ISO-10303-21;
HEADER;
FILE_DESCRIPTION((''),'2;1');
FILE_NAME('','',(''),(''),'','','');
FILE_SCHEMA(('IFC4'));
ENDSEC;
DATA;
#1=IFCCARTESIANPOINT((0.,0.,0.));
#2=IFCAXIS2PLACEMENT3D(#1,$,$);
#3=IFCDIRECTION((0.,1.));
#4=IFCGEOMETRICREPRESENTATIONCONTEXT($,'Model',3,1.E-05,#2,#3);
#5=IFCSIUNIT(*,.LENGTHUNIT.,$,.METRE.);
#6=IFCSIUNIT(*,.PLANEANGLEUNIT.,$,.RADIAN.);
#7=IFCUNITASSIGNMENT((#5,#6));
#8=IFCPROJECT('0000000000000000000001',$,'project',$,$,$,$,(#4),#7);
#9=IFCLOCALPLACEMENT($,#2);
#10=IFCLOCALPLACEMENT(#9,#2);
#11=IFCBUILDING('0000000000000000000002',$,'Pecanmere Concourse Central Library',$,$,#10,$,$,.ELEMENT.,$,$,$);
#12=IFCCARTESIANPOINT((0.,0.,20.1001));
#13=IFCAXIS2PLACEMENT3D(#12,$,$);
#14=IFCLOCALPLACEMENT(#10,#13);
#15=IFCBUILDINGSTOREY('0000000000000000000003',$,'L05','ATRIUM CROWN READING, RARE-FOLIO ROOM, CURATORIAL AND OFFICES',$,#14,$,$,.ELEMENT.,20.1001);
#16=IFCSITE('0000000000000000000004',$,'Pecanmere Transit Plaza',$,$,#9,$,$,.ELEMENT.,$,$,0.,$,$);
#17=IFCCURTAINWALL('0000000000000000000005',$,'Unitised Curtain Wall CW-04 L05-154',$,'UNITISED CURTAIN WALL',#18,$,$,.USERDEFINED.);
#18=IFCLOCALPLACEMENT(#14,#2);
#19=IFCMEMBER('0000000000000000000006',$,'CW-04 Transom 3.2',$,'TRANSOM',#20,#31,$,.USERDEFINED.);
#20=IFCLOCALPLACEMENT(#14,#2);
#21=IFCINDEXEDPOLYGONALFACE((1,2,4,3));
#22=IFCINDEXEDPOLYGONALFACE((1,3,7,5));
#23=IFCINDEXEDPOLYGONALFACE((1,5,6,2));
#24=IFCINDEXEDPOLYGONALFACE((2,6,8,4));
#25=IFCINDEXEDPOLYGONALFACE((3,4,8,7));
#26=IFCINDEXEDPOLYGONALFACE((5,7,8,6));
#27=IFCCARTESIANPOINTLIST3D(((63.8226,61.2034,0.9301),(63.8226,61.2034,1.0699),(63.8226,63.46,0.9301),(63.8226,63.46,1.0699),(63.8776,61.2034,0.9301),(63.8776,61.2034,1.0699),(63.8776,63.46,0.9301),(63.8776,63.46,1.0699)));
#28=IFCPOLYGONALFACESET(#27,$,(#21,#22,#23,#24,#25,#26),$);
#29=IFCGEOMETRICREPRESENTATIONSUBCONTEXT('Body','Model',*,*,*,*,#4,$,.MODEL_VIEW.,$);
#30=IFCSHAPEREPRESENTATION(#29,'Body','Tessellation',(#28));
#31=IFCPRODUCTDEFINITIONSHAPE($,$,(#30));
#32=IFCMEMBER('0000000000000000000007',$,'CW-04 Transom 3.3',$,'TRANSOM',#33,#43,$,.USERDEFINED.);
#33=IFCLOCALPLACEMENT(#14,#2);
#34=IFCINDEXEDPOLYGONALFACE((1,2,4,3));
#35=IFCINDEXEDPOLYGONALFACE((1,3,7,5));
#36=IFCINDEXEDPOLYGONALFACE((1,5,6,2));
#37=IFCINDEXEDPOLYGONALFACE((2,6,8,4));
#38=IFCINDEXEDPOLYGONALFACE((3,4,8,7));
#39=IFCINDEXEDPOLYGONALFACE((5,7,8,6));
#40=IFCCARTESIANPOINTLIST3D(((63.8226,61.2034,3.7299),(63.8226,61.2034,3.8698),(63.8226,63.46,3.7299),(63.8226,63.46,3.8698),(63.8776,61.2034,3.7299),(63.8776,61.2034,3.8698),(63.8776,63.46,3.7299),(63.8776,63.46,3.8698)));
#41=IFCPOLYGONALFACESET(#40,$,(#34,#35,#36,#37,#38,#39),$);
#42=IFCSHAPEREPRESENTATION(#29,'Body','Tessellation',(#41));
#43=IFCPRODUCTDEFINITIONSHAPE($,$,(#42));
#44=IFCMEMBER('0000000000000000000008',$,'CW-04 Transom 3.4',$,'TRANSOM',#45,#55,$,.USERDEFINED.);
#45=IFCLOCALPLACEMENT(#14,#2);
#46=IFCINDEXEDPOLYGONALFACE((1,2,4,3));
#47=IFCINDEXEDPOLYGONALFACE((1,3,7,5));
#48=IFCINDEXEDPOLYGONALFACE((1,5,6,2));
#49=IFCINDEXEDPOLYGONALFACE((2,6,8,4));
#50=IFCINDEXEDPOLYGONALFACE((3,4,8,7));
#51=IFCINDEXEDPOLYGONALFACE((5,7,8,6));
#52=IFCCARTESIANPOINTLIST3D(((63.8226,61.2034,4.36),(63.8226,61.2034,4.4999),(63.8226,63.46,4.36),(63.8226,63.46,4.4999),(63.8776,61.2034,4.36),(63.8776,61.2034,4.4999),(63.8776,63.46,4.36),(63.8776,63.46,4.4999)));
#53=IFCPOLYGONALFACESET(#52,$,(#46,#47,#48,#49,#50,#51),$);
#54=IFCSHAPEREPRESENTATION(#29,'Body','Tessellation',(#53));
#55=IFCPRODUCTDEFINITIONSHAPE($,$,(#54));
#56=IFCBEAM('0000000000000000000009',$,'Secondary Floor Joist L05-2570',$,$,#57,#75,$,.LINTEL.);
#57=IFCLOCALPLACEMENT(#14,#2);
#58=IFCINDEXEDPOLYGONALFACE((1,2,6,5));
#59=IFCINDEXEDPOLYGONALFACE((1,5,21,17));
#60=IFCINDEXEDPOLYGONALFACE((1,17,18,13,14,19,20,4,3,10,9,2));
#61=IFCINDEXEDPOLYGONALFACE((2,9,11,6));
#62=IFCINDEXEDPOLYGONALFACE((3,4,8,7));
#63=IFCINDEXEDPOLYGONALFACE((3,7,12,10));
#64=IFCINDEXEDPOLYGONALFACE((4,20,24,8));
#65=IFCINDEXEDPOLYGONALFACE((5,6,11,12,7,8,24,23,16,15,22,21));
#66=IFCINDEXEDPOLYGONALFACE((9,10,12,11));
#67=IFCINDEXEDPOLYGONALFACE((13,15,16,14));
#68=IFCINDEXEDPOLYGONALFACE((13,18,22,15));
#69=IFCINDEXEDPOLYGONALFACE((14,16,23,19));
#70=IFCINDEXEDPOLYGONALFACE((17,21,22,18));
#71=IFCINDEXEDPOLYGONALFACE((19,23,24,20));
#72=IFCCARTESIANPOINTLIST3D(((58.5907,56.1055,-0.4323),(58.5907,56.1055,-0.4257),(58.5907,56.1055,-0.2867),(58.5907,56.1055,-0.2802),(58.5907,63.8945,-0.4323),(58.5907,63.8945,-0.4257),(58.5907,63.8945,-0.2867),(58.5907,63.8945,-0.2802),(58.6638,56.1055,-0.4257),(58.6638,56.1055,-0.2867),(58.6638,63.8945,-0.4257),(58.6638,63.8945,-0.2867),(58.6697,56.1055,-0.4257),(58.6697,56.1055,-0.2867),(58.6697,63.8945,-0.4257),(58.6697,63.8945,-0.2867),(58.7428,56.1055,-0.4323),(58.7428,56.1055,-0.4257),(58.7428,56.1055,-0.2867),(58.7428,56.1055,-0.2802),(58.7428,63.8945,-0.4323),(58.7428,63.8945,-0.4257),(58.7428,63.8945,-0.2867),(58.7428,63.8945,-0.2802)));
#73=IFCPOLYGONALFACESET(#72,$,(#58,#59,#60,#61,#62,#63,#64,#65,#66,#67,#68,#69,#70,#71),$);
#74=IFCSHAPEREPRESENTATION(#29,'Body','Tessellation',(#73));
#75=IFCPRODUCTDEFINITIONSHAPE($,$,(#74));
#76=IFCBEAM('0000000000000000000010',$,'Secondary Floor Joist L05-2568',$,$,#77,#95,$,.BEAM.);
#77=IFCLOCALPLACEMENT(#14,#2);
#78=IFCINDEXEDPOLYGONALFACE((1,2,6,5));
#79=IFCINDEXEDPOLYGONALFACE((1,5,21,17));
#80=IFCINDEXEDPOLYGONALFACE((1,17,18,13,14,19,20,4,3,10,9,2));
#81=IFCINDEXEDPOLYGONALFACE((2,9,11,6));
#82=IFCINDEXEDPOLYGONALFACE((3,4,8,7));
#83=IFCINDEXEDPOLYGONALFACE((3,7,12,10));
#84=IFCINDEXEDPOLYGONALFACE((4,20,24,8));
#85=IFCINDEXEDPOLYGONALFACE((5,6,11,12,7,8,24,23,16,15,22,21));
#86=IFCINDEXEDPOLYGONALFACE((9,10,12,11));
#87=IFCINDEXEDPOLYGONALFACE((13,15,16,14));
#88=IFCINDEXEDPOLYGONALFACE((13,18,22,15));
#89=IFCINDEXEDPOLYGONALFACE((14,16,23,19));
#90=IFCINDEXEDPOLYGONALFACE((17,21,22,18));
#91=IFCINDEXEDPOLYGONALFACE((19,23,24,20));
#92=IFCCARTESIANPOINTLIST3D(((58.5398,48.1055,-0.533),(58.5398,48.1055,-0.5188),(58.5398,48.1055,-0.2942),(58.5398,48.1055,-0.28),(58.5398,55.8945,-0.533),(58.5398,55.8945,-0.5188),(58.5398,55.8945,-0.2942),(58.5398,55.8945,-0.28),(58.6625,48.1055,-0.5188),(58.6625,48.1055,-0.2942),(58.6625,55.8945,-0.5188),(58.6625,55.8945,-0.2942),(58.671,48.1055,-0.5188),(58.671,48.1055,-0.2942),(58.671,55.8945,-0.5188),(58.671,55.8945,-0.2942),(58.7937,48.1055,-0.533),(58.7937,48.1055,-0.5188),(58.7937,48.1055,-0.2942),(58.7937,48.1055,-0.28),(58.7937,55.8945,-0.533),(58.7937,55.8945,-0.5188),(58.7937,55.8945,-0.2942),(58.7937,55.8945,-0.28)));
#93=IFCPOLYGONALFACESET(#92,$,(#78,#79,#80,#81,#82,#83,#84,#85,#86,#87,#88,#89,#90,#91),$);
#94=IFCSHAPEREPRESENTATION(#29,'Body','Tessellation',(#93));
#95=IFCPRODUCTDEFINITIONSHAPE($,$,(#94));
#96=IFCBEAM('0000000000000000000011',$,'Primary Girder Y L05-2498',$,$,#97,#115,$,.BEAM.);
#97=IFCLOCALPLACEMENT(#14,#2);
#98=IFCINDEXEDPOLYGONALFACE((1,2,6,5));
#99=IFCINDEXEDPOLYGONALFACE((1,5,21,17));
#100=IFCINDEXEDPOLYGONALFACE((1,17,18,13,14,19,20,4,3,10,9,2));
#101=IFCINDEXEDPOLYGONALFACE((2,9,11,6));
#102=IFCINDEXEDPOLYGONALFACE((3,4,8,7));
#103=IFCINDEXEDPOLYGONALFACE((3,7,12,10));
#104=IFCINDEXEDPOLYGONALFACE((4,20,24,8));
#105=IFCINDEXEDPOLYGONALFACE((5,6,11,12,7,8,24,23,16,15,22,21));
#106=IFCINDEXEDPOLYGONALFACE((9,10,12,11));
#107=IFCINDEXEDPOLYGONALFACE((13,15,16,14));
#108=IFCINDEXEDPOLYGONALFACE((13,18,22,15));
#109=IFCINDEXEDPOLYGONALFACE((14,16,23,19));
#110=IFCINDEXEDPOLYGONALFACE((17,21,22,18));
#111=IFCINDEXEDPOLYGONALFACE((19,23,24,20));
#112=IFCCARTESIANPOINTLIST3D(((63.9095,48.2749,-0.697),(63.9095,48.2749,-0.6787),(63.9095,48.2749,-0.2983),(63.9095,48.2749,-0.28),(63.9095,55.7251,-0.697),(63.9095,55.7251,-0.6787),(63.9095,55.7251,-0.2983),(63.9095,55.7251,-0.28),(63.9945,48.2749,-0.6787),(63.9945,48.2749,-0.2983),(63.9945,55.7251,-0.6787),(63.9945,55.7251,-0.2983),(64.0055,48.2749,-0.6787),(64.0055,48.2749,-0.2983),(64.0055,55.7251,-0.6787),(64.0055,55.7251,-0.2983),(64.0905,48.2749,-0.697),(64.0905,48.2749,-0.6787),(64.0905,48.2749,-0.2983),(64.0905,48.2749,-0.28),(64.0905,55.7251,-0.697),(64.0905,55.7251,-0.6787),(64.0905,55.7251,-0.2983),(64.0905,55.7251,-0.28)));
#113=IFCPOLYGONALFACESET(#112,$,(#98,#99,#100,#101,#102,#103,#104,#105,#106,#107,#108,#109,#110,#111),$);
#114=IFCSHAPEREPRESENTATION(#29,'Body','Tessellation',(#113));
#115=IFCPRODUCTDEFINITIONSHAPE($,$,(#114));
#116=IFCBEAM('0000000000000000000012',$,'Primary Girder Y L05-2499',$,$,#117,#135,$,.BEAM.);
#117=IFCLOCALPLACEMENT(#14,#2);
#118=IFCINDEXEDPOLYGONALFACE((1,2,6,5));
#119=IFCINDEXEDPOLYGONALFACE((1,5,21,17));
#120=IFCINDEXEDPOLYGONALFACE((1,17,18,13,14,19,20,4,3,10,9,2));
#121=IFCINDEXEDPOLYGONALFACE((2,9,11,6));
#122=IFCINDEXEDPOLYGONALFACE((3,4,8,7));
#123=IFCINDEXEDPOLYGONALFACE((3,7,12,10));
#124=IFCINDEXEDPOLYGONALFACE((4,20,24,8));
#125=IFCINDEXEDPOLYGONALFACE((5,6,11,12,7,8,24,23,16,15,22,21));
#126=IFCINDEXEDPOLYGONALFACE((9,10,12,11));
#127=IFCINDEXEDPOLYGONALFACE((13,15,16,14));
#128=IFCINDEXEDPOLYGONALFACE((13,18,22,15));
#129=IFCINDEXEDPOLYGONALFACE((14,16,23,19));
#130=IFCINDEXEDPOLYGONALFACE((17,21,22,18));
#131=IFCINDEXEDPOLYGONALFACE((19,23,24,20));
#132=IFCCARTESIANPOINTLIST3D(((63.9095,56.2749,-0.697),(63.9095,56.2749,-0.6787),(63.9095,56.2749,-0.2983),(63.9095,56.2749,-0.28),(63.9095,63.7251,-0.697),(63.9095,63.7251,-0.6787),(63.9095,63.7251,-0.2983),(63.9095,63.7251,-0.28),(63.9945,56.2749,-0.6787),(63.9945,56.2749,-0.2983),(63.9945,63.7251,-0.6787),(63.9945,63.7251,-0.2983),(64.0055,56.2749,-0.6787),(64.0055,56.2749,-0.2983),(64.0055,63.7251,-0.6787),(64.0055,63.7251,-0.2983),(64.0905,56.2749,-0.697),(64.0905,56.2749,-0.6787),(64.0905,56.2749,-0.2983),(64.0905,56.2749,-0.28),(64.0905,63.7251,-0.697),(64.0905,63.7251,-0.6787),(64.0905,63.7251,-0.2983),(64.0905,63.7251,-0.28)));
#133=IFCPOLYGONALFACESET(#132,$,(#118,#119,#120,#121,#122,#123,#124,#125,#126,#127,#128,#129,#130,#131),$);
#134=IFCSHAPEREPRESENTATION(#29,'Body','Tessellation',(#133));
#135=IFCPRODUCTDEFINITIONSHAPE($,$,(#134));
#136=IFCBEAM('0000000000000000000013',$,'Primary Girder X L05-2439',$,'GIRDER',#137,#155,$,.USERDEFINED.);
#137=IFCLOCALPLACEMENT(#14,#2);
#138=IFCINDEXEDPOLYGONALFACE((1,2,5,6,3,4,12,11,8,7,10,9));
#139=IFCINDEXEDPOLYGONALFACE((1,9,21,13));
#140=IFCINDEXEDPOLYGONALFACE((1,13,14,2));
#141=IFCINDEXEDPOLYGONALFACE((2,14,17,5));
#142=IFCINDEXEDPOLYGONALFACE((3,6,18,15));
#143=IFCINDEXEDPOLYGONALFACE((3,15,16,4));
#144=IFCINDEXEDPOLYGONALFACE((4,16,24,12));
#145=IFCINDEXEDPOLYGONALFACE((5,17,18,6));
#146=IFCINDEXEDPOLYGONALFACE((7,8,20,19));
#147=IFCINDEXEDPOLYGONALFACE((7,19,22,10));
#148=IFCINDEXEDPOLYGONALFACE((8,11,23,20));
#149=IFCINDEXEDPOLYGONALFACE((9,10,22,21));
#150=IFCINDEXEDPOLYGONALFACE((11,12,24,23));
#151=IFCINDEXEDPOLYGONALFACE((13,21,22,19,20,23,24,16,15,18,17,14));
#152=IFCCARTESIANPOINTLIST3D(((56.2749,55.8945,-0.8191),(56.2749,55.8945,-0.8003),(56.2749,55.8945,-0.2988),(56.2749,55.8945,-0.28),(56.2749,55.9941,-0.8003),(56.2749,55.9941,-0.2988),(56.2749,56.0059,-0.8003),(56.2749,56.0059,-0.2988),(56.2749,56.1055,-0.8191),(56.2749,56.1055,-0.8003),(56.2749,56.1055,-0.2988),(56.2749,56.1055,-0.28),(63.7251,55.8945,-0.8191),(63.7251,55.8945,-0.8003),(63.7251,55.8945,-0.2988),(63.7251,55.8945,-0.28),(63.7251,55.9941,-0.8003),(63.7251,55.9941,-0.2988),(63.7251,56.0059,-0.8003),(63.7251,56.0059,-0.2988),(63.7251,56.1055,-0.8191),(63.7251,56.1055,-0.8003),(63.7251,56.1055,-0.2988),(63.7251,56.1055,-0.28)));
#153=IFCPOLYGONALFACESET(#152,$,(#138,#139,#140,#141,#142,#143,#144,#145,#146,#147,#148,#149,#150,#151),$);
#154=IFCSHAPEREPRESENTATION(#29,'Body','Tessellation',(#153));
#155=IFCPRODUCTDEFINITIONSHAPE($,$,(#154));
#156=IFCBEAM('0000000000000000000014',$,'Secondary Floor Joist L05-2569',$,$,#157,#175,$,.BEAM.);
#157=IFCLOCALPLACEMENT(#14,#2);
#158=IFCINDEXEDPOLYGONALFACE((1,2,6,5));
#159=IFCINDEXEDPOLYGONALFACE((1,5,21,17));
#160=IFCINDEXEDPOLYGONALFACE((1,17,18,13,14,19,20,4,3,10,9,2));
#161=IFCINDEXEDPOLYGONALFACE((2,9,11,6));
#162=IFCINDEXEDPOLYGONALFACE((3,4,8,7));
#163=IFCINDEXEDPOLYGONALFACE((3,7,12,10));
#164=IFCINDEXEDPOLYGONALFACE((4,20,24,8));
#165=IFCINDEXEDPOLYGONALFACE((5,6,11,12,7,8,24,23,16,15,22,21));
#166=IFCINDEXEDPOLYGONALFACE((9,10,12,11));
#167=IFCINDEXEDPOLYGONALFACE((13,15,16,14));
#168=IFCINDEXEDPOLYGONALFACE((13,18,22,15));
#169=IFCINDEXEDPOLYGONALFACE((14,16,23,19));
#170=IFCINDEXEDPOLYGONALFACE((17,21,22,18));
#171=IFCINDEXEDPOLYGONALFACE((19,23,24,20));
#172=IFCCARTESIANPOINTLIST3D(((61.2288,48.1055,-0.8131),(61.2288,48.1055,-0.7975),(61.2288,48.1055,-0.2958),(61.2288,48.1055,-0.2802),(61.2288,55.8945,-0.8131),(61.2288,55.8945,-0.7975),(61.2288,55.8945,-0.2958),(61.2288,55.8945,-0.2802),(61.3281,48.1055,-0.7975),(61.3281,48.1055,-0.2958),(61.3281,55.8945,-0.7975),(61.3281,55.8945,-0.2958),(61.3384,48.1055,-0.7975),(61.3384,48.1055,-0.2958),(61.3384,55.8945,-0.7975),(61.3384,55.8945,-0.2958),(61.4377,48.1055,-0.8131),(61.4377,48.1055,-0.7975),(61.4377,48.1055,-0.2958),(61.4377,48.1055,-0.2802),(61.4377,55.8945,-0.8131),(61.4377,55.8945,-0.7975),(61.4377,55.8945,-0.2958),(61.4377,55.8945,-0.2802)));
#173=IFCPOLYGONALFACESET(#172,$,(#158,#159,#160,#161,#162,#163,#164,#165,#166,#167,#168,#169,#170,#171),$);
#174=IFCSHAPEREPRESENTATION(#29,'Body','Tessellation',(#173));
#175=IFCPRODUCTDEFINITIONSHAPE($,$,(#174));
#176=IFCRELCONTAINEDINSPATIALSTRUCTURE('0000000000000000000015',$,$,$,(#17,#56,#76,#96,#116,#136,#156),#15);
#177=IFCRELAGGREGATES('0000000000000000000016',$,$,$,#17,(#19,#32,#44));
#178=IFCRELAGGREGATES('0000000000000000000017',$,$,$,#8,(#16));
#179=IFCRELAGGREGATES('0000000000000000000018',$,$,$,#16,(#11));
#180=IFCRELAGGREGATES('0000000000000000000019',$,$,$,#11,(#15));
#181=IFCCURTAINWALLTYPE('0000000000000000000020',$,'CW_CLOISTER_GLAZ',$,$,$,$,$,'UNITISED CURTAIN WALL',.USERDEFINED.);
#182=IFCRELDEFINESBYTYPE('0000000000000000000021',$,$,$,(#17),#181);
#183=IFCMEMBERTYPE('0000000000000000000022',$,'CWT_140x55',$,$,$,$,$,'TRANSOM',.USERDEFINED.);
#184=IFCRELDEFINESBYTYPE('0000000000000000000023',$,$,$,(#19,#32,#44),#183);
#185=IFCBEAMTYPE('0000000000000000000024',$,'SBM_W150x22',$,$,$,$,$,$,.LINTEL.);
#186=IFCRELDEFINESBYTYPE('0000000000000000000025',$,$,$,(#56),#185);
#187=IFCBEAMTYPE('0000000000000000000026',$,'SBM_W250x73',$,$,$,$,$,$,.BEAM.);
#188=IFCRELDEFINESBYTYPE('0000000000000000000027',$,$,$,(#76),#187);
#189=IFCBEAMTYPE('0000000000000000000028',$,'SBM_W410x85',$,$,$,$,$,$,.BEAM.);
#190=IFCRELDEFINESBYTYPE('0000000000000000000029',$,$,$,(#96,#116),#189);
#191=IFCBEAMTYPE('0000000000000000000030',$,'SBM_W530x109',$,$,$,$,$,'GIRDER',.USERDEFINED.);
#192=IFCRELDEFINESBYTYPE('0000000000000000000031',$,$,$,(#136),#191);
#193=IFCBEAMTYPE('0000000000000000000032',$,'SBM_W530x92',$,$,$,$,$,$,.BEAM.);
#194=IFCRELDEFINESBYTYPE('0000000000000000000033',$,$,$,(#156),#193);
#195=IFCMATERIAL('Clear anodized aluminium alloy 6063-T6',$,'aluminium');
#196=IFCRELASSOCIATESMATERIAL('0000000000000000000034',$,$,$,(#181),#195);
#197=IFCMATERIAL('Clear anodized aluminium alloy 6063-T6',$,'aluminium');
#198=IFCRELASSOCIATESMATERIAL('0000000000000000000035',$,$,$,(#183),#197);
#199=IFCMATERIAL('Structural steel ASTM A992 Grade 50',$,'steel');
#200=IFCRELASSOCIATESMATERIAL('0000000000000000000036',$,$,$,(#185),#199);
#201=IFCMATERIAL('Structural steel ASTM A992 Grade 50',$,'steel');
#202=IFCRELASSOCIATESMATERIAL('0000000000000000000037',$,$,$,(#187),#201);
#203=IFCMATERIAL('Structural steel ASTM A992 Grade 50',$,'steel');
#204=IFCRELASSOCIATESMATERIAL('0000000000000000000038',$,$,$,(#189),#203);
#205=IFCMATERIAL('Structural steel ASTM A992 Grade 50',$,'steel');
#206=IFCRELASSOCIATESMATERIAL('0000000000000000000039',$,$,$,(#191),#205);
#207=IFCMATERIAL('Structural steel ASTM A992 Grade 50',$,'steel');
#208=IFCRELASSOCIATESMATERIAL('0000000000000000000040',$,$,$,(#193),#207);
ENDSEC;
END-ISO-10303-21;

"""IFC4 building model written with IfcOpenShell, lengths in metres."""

from ifc_helpers import new_model, si_unit, direction, frame, origin, origin_2d, place, context, subcontext, project, spatial, rectangle, i_section, extrude, material, material_profile, profile_set, type_object, element, aggregate, save


model = new_model("IFC4")

# Units and contexts
model_context = context("Model", 3, precision=1e-05, world=origin(), true_north=direction((0.0, 1.0)))
body_context = subcontext(model_context, "Body", "Model", "MODEL_VIEW")
ifc_project = project(units=[si_unit("LENGTHUNIT", "METRE"), si_unit("PLANEANGLEUNIT", "RADIAN")], contexts=[model_context])

# Site, building, storey
site_placement = place(None, origin())
site = spatial("IfcSite", under=ifc_project, at=site_placement, Name="Pecanmere Transit Plaza", CompositionType="ELEMENT", RefElevation=0.0)
building_placement = place(site_placement, origin())
building = spatial("IfcBuilding", under=site, at=building_placement, Name="Pecanmere Concourse Central Library", CompositionType="ELEMENT")
storey_placement = place(building_placement, frame((0.0, 0.0, 20.1001)))
storey = spatial("IfcBuildingStorey", under=building, at=storey_placement, Name="L05", Description="ATRIUM CROWN READING, RARE-FOLIO ROOM, CURATORIAL AND OFFICES", CompositionType="ELEMENT", Elevation=20.1001)

# Curtain wall, members
ifc_material_1 = material(Name="Clear anodized aluminium alloy 6063-T6", Category="aluminium")
curtain_wall_type = type_object("IfcCurtainWallType", Name="CW_CLOISTER_GLAZ", ElementType="UNITISED CURTAIN WALL", PredefinedType="USERDEFINED", material=ifc_material_1)
curtain_wall_placement = place(storey_placement, origin())
curtain_wall = element("IfcCurtainWall", 1, at=curtain_wall_placement, inside=storey, type_object=curtain_wall_type, Name="Unitised Curtain Wall CW-04 L05-154", ObjectType="UNITISED CURTAIN WALL", PredefinedType="USERDEFINED")
ifc_material_2 = material(Name="Clear anodized aluminium alloy 6063-T6", Category="aluminium")
ifc_material_profile_1 = material_profile(ifc_material_2, rectangle(XDim=0.0549, YDim=0.1399, at=origin_2d()), Name="AL 55x140")
ifc_profile_set_1 = profile_set([ifc_material_profile_1], Name="Clear anodized aluminium alloy 6063-T6")
member_type_1 = type_object("IfcMemberType", Name="CWT_140x55", ElementType="TRANSOM", PredefinedType="USERDEFINED", material=ifc_profile_set_1)
member_1_placement = place(storey_placement, frame((63.8501, 61.2034, 1.0), z_axis=(0.0, 1.0, 0.0), x_axis=(-1.0, 0.0, 0.0)))
member_1 = element("IfcMember", 2, at=member_1_placement, type_object=member_type_1, Name="CW-04 Transom 3.2", ObjectType="TRANSOM", PredefinedType="USERDEFINED", context=body_context, shape_type="SweptSolid", body=[
    extrude(rectangle(XDim=0.0549, YDim=0.1399, at=origin_2d()), origin(), (0.0, 0.0, 1.0), 2.2566),
])
member_2_placement = place(storey_placement, frame((63.8501, 61.2034, 3.7998), z_axis=(0.0, 1.0, 0.0), x_axis=(-1.0, 0.0, 0.0)))
member_2 = element("IfcMember", 3, at=member_2_placement, type_object=member_type_1, Name="CW-04 Transom 3.3", ObjectType="TRANSOM", PredefinedType="USERDEFINED", context=body_context, shape_type="SweptSolid", body=[
    extrude(rectangle(XDim=0.0549, YDim=0.1399, at=origin_2d()), origin(), (0.0, 0.0, 1.0), 2.2566),
])
member_3_placement = place(storey_placement, frame((63.8501, 61.2034, 4.4299), z_axis=(0.0, 1.0, 0.0), x_axis=(-1.0, 0.0, 0.0)))
member_3 = element("IfcMember", 4, at=member_3_placement, type_object=member_type_1, Name="CW-04 Transom 3.4", ObjectType="TRANSOM", PredefinedType="USERDEFINED", context=body_context, shape_type="SweptSolid", body=[
    extrude(rectangle(XDim=0.0549, YDim=0.1399, at=origin_2d()), origin(), (0.0, 0.0, 1.0), 2.2566),
])

# Beams
ifc_material_3 = material(Name="Structural steel ASTM A992 Grade 50", Category="steel")
ifc_material_profile_2 = material_profile(ifc_material_3, i_section(OverallWidth=0.1521, OverallDepth=0.1521, WebThickness=0.0059, FlangeThickness=0.0066, at=origin_2d()), Name="W150x22.5")
ifc_profile_set_2 = profile_set([ifc_material_profile_2], Name="Structural steel ASTM A992 Grade 50")
beam_type_1 = type_object("IfcBeamType", Name="SBM_W150x22", PredefinedType="LINTEL", material=ifc_profile_set_2)
beam_1_placement = place(storey_placement, frame((58.6667, 56.1055, -0.3562), z_axis=(0.0, 1.0, 0.0), x_axis=(-1.0, 0.0, 0.0)))
element("IfcBeam", 5, at=beam_1_placement, inside=storey, type_object=beam_type_1, Name="Secondary Floor Joist L05-2570", PredefinedType="LINTEL", context=body_context, shape_type="SweptSolid", body=[
    extrude(i_section(OverallWidth=0.1521, OverallDepth=0.1521, WebThickness=0.0059, FlangeThickness=0.0066, at=origin_2d()), origin(), (0.0, 0.0, 1.0), 7.7891),
])
ifc_material_4 = material(Name="Structural steel ASTM A992 Grade 50", Category="steel")
ifc_material_profile_3 = material_profile(ifc_material_4, i_section(OverallWidth=0.2539, OverallDepth=0.2529, WebThickness=0.0085, FlangeThickness=0.0142, at=origin_2d()), Name="W250x73")
ifc_profile_set_3 = profile_set([ifc_material_profile_3], Name="Structural steel ASTM A992 Grade 50")
beam_type_2 = type_object("IfcBeamType", Name="SBM_W250x73", PredefinedType="BEAM", material=ifc_profile_set_3)
beam_2_placement = place(storey_placement, frame((58.6667, 48.1055, -0.4065), z_axis=(0.0, 1.0, 0.0), x_axis=(-1.0, 0.0, 0.0)))
element("IfcBeam", 6, at=beam_2_placement, inside=storey, type_object=beam_type_2, Name="Secondary Floor Joist L05-2568", PredefinedType="BEAM", context=body_context, shape_type="SweptSolid", body=[
    extrude(i_section(OverallWidth=0.2539, OverallDepth=0.2529, WebThickness=0.0085, FlangeThickness=0.0142, at=origin_2d()), origin(), (0.0, 0.0, 1.0), 7.7891),
])
ifc_material_5 = material(Name="Structural steel ASTM A992 Grade 50", Category="steel")
ifc_material_profile_4 = material_profile(ifc_material_5, i_section(OverallWidth=0.1809, OverallDepth=0.417, WebThickness=0.011, FlangeThickness=0.0183, at=origin_2d()), Name="W410x85")
ifc_profile_set_4 = profile_set([ifc_material_profile_4], Name="Structural steel ASTM A992 Grade 50")
beam_type_3 = type_object("IfcBeamType", Name="SBM_W410x85", PredefinedType="BEAM", material=ifc_profile_set_4)
for number, where, z_axis, x_axis, name in (
    (7, (64.0, 48.2749, -0.4885), (0.0, 1.0, 0.0), (-1.0, 0.0, 0.0), "Primary Girder Y L05-2498"),
    (8, (64.0, 56.2749, -0.4885), (0.0, 1.0, 0.0), (-1.0, 0.0, 0.0), "Primary Girder Y L05-2499"),
):
    element("IfcBeam", number, at=place(storey_placement, frame(where, z_axis=z_axis, x_axis=x_axis)), inside=storey, type_object=beam_type_3, Name=name, PredefinedType="BEAM", context=body_context, shape_type="SweptSolid", body=[
        extrude(i_section(OverallWidth=0.1809, OverallDepth=0.417, WebThickness=0.011, FlangeThickness=0.0183, at=origin_2d()), origin(), (0.0, 0.0, 1.0), 7.4502),
    ])
ifc_material_6 = material(Name="Structural steel ASTM A992 Grade 50", Category="steel")
ifc_material_profile_5 = material_profile(ifc_material_6, i_section(OverallWidth=0.2109, OverallDepth=0.5391, WebThickness=0.0117, FlangeThickness=0.0188, at=origin_2d()), Name="W530x109")
ifc_profile_set_5 = profile_set([ifc_material_profile_5], Name="Structural steel ASTM A992 Grade 50")
beam_type_4 = type_object("IfcBeamType", Name="SBM_W530x109", ElementType="GIRDER", PredefinedType="USERDEFINED", material=ifc_profile_set_5)
beam_3_placement = place(storey_placement, frame((56.2749, 56.0, -0.5496), z_axis=(1.0, 0.0, 0.0), x_axis=(0.0, 1.0, 0.0)))
element("IfcBeam", 9, at=beam_3_placement, inside=storey, type_object=beam_type_4, Name="Primary Girder X L05-2439", ObjectType="GIRDER", PredefinedType="USERDEFINED", context=body_context, shape_type="SweptSolid", body=[
    extrude(i_section(OverallWidth=0.2109, OverallDepth=0.5391, WebThickness=0.0117, FlangeThickness=0.0188, at=origin_2d()), origin(), (0.0, 0.0, 1.0), 7.4502),
])
ifc_material_7 = material(Name="Structural steel ASTM A992 Grade 50", Category="steel")
ifc_material_profile_6 = material_profile(ifc_material_7, i_section(OverallWidth=0.209, OverallDepth=0.533, WebThickness=0.0103, FlangeThickness=0.0156, at=origin_2d()), Name="W530x92")
ifc_profile_set_6 = profile_set([ifc_material_profile_6], Name="Structural steel ASTM A992 Grade 50")
beam_type_5 = type_object("IfcBeamType", Name="SBM_W530x92", PredefinedType="BEAM", material=ifc_profile_set_6)
beam_4_placement = place(storey_placement, frame((61.3333, 48.1055, -0.5466), z_axis=(0.0, 1.0, 0.0), x_axis=(-1.0, 0.0, 0.0)))
element("IfcBeam", 10, at=beam_4_placement, inside=storey, type_object=beam_type_5, Name="Secondary Floor Joist L05-2569", PredefinedType="BEAM", context=body_context, shape_type="SweptSolid", body=[
    extrude(i_section(OverallWidth=0.209, OverallDepth=0.533, WebThickness=0.0103, FlangeThickness=0.0156, at=origin_2d()), origin(), (0.0, 0.0, 1.0), 7.7891),
])

aggregate(curtain_wall, [member_1, member_2, member_3])

save(model, "model.ifc")
